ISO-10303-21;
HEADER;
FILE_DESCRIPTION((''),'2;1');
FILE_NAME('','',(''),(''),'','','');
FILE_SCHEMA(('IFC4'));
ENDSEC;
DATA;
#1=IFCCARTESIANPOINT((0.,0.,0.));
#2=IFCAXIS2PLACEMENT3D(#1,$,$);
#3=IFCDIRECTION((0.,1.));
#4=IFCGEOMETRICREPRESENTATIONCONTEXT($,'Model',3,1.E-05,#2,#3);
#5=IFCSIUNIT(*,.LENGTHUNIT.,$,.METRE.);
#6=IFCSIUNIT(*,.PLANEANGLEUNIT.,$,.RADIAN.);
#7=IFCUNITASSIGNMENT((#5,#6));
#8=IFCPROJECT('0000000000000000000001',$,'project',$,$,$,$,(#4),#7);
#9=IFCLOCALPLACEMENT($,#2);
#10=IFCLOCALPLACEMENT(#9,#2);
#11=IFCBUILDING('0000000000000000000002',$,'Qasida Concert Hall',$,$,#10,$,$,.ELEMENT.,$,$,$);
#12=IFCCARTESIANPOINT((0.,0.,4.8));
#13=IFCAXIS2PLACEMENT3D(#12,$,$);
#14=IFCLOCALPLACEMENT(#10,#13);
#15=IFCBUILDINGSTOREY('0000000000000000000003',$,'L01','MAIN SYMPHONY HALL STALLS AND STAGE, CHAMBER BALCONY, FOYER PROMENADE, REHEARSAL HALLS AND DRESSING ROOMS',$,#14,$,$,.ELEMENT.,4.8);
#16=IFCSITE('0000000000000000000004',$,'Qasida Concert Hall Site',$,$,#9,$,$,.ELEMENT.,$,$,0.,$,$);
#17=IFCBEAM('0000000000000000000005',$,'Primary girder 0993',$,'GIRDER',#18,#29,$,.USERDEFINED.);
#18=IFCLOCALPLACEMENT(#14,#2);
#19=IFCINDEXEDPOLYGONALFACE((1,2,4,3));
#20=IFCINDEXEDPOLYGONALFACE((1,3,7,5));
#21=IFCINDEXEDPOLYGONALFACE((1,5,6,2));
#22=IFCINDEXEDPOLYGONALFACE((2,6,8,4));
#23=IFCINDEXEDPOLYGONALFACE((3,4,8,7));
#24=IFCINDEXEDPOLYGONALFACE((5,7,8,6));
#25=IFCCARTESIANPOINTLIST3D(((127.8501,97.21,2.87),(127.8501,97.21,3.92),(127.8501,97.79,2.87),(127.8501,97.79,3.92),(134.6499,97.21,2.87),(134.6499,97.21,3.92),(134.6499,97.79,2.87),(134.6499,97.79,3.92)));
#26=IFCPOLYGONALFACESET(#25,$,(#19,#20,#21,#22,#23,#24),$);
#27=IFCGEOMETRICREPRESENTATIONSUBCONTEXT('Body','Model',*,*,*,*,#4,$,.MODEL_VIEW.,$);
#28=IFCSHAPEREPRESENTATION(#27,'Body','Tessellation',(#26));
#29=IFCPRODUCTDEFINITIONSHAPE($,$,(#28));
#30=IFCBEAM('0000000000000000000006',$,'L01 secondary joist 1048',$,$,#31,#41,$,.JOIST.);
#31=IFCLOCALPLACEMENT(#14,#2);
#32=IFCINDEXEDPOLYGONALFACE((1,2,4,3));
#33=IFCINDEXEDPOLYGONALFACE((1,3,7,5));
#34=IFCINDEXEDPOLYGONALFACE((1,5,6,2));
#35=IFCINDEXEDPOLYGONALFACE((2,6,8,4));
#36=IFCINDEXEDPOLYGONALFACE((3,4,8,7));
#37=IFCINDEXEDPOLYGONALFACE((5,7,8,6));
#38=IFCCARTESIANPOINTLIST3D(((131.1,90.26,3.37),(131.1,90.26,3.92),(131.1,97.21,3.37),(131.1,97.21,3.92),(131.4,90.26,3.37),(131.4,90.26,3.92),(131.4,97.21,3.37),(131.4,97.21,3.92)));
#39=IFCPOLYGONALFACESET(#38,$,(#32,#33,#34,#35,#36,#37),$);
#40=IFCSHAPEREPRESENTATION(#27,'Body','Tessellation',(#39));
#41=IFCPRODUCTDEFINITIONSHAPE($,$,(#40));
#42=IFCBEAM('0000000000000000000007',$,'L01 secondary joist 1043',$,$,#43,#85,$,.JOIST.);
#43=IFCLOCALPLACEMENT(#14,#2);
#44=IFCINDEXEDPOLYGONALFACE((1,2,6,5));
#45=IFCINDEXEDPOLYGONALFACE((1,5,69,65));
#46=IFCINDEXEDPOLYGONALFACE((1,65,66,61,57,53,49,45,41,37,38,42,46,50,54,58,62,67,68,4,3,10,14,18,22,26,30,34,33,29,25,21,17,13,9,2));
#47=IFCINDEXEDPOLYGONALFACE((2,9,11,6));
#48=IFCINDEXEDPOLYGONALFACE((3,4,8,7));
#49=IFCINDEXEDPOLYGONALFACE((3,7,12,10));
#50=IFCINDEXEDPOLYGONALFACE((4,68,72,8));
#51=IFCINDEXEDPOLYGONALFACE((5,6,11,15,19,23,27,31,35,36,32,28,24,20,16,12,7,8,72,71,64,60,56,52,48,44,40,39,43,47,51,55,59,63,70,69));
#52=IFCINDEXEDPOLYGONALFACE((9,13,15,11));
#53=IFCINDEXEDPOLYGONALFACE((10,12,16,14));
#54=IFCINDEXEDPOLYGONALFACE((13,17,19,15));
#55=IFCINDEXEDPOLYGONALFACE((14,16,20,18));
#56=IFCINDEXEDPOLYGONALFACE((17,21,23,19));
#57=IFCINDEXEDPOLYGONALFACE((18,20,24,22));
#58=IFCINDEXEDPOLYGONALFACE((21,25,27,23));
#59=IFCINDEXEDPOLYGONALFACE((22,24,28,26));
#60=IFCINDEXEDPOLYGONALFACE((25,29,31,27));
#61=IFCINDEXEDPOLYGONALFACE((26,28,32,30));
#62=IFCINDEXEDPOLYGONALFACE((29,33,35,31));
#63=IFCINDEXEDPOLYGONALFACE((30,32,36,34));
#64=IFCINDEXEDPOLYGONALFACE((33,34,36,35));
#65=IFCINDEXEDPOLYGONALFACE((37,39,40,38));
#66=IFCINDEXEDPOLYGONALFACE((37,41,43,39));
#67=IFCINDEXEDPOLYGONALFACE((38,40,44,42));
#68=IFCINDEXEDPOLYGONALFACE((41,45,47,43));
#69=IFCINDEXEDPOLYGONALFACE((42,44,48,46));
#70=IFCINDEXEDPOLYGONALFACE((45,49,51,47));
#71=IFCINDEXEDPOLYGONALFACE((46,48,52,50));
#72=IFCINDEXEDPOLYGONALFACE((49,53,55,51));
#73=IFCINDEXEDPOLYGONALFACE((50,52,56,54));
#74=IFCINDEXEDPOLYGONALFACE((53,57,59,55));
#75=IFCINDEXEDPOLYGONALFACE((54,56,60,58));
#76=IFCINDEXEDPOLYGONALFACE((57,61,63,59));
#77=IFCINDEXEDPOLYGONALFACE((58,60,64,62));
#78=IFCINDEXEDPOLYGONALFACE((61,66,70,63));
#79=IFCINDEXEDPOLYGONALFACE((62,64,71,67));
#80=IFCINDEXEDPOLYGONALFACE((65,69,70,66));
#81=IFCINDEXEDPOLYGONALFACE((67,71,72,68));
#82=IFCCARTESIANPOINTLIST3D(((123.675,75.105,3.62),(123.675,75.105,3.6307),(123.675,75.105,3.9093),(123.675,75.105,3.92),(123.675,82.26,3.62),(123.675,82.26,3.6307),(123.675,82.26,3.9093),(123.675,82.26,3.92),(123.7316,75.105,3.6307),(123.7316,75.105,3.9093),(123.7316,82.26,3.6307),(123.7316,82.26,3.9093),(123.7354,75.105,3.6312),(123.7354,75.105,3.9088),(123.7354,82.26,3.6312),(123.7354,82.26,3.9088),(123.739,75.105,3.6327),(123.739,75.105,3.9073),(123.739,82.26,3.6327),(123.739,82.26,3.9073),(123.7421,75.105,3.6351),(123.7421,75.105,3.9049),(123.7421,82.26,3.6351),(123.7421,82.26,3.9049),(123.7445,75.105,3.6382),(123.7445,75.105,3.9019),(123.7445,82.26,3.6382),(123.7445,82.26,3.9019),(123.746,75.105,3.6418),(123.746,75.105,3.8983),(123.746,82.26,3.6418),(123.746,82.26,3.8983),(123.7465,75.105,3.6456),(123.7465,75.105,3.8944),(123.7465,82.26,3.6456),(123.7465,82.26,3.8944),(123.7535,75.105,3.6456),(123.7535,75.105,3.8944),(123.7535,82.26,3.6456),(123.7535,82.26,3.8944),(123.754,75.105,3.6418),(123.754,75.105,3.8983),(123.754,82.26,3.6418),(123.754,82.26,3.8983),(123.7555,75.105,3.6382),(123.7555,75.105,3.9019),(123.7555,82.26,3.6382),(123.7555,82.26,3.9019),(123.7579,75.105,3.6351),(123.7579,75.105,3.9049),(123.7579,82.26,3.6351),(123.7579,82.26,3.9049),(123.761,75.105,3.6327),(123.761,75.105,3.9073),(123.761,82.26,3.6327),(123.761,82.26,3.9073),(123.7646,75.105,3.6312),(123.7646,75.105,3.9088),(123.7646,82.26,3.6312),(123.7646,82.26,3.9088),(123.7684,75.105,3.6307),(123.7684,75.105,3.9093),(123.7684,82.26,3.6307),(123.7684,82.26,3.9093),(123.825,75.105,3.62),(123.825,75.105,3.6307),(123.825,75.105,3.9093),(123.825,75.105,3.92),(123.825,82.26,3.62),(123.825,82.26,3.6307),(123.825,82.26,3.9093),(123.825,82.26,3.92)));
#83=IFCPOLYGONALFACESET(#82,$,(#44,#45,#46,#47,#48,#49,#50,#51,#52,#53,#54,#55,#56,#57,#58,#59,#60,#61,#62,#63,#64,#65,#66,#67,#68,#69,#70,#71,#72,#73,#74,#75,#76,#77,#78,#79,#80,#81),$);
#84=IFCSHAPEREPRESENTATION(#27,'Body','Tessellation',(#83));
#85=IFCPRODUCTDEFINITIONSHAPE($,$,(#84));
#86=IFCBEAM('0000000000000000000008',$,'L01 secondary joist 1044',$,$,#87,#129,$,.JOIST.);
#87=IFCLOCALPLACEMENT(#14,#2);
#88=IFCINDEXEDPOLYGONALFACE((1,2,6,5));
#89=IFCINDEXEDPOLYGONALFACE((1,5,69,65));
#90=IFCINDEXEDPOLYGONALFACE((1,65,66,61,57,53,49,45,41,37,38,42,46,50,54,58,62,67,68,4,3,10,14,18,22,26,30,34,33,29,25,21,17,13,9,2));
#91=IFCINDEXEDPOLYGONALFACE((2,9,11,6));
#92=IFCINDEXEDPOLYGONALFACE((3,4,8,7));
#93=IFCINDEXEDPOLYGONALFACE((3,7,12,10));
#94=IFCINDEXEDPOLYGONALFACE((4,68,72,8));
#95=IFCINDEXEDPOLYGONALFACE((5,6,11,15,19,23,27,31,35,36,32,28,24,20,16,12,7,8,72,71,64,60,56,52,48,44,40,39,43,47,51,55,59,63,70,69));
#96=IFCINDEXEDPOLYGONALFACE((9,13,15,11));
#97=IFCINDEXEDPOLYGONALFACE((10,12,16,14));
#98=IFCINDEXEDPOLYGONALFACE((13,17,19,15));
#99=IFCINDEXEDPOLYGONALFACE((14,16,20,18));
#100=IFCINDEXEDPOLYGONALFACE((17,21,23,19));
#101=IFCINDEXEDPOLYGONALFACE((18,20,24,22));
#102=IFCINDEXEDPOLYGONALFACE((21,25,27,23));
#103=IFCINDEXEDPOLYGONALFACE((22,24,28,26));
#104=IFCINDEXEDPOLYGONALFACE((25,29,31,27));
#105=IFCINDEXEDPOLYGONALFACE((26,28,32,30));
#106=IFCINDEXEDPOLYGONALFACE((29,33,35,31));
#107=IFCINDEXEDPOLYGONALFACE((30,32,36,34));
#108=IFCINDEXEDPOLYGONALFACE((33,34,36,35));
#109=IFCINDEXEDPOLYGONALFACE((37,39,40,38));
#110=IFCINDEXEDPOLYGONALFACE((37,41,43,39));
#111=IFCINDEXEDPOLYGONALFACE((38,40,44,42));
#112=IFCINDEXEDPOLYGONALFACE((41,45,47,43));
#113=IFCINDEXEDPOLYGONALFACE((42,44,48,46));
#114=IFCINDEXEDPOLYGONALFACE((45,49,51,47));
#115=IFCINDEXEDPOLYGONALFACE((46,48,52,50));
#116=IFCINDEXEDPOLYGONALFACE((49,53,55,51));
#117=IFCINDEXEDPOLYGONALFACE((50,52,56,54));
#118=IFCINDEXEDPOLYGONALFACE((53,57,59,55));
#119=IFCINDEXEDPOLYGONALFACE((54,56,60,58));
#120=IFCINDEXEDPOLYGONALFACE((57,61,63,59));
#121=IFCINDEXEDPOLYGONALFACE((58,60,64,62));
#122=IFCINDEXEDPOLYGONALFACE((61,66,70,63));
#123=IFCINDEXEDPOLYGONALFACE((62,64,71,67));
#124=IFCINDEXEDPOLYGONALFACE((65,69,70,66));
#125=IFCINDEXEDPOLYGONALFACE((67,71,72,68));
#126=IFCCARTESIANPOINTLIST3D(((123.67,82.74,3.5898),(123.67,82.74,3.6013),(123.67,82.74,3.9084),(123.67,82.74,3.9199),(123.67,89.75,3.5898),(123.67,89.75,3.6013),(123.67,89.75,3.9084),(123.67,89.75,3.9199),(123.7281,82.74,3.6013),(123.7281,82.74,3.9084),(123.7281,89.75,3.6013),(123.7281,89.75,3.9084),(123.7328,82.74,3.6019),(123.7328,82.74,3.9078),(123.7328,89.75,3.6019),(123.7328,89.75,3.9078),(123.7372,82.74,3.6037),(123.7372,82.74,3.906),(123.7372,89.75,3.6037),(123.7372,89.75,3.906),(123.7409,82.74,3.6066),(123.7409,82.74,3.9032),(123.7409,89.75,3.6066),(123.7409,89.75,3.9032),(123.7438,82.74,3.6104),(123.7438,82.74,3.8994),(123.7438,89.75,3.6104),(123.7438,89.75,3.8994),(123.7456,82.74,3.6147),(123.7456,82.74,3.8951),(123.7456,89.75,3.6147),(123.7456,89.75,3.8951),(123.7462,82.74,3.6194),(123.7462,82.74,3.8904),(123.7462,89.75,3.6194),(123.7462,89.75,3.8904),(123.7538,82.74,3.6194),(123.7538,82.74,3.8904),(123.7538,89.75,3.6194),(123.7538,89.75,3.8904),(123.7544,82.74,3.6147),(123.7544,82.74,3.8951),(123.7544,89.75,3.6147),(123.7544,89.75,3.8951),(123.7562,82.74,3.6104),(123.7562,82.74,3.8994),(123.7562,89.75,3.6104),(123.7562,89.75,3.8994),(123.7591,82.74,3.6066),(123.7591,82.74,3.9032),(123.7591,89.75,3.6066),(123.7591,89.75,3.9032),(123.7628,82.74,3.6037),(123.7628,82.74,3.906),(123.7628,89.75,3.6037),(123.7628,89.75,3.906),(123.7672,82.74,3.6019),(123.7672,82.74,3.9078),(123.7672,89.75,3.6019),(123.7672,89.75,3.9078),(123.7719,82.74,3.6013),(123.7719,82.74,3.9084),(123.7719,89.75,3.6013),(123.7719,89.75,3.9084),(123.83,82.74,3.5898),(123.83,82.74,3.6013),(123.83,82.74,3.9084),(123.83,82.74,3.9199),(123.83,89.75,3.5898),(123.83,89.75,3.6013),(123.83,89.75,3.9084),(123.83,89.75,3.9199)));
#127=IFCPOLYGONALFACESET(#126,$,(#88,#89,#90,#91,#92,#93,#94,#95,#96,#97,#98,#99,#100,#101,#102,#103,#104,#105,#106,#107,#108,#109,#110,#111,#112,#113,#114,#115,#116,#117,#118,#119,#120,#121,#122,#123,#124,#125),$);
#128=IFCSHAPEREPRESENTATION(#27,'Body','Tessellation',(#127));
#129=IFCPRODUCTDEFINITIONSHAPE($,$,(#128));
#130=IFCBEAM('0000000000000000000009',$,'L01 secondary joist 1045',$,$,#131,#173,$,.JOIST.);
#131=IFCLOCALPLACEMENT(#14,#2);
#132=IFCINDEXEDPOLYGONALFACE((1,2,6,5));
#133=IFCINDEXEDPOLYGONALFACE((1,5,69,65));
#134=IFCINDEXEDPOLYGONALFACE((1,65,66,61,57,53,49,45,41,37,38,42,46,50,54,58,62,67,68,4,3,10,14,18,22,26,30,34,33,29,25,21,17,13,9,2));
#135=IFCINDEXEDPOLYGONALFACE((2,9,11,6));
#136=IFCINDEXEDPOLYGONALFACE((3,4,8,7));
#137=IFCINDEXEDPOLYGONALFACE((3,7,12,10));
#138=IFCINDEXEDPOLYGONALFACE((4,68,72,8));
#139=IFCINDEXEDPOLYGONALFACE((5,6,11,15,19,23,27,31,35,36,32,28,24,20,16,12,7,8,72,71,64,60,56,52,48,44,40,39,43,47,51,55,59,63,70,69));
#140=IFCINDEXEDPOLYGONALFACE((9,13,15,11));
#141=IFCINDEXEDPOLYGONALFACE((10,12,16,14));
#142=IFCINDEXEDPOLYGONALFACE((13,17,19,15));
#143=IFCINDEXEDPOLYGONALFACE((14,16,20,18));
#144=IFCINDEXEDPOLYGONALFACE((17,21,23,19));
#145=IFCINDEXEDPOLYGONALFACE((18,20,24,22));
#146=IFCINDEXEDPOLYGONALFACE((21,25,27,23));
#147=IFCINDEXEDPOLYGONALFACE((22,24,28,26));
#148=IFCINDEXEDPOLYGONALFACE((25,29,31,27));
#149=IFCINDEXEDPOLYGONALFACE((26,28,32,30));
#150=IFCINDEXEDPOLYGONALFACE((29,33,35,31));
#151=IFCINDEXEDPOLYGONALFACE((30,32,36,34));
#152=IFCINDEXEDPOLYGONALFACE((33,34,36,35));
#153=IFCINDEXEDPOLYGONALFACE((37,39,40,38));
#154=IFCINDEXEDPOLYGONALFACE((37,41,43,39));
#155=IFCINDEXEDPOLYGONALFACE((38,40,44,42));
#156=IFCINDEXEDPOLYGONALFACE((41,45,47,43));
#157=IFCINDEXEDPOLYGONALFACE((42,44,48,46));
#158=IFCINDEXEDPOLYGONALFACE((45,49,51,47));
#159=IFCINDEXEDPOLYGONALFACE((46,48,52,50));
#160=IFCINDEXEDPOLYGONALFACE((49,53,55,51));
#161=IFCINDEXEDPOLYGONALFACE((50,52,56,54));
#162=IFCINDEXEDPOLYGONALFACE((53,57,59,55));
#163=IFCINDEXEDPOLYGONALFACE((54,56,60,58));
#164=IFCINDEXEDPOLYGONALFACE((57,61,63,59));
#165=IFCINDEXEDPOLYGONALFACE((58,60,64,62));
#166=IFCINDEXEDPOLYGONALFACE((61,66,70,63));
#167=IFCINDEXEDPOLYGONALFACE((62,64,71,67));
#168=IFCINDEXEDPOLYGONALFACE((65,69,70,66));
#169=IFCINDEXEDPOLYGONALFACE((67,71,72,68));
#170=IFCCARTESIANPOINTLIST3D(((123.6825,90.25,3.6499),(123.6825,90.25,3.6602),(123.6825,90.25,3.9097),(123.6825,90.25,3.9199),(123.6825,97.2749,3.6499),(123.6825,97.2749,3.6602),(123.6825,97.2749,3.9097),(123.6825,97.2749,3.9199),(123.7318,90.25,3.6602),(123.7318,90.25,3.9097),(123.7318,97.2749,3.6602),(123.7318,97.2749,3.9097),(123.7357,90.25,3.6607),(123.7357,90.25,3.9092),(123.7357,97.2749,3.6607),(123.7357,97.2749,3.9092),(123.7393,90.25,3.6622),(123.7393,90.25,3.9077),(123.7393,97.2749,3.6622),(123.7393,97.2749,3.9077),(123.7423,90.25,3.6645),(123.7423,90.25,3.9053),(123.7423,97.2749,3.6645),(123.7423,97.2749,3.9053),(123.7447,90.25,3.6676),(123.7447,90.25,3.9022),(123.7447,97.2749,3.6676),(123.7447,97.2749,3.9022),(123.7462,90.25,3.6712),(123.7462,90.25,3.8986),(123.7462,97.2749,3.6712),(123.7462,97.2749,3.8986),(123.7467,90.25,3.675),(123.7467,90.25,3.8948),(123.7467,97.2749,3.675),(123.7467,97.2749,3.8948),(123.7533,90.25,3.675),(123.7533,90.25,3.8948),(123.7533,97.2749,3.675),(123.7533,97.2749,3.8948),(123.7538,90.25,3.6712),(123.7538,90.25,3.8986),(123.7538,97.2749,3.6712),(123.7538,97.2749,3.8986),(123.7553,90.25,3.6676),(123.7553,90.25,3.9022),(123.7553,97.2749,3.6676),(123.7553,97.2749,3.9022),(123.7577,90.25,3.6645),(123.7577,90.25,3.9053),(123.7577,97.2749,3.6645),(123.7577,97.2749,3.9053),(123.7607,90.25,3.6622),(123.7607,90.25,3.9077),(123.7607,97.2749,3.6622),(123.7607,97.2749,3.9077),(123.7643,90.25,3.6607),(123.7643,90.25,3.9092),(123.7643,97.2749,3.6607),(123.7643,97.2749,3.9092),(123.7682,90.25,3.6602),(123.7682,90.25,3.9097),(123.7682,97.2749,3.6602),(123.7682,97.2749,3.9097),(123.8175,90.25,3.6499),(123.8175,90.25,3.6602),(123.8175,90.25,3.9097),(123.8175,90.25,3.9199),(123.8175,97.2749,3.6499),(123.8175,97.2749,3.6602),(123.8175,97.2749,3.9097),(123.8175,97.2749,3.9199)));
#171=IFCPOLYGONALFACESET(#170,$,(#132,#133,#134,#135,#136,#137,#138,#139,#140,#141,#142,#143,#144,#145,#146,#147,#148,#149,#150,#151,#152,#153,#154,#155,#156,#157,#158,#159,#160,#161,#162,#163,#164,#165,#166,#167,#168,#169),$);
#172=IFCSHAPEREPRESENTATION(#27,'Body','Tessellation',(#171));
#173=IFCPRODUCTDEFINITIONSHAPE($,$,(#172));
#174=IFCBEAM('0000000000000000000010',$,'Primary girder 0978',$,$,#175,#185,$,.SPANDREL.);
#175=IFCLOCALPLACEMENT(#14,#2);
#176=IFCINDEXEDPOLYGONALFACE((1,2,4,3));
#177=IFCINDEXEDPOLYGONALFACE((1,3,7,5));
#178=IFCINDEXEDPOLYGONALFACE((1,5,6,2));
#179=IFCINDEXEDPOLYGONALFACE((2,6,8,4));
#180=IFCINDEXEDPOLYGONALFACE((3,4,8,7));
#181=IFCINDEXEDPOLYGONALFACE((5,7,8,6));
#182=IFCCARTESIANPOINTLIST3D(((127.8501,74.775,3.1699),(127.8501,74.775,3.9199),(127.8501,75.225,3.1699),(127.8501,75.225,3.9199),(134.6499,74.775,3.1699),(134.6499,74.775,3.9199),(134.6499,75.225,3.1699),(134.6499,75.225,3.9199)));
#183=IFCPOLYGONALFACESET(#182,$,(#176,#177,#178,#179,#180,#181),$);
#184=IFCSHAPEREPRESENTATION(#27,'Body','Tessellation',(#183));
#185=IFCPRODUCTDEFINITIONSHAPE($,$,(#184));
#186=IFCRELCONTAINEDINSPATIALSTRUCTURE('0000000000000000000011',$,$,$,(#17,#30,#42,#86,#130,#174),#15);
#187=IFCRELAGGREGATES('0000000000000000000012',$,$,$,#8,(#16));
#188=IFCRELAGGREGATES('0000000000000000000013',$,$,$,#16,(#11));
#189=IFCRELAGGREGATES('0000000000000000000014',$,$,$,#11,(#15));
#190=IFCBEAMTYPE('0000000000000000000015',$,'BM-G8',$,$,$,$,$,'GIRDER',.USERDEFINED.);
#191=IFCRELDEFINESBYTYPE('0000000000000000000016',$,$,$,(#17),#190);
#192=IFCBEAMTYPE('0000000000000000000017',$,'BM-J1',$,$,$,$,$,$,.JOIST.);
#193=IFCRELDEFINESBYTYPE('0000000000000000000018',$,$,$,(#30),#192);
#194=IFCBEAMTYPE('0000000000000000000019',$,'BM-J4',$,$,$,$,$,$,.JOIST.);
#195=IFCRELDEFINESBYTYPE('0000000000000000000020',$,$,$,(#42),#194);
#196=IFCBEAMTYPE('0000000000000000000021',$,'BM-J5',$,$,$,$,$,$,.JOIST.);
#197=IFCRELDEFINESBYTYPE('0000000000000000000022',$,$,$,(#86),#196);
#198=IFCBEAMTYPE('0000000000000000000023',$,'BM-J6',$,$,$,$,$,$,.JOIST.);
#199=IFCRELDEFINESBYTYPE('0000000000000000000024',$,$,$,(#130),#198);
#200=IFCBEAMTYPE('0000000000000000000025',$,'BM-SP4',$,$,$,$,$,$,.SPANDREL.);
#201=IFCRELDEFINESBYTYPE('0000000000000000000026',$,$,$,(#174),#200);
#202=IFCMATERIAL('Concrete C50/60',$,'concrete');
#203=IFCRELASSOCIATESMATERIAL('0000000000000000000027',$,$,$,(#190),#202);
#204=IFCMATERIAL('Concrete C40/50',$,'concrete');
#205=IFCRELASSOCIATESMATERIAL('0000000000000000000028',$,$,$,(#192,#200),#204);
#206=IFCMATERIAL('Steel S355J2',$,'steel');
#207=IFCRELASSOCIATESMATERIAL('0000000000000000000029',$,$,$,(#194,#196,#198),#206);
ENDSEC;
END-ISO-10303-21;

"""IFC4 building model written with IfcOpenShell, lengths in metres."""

from ifc_helpers import new_model, si_unit, direction, frame, origin, origin_2d, place, context, subcontext, project, spatial, rectangle, i_section, extrude, material, material_profile, profile_set, type_object, element, save


model = new_model("IFC4")

# Units and contexts
model_context = context("Model", 3, precision=1e-05, world=origin(), true_north=direction((0.0, 1.0)))
body_context = subcontext(model_context, "Body", "Model", "MODEL_VIEW")
ifc_project = project(units=[si_unit("LENGTHUNIT", "METRE"), si_unit("PLANEANGLEUNIT", "RADIAN")], contexts=[model_context])

# Site, building, storey
site_placement = place(None, origin())
site = spatial("IfcSite", under=ifc_project, at=site_placement, Name="Qasida Concert Hall Site", CompositionType="ELEMENT", RefElevation=0.0)
building_placement = place(site_placement, origin())
building = spatial("IfcBuilding", under=site, at=building_placement, Name="Qasida Concert Hall", CompositionType="ELEMENT")
storey_placement = place(building_placement, frame((0.0, 0.0, 4.8)))
storey = spatial("IfcBuildingStorey", under=building, at=storey_placement, Name="L01", Description="MAIN SYMPHONY HALL STALLS AND STAGE, CHAMBER BALCONY, FOYER PROMENADE, REHEARSAL HALLS AND DRESSING ROOMS", CompositionType="ELEMENT", Elevation=4.8)

# Shared definitions
ifc_material_1 = material(Name="Concrete C50/60", Category="concrete")

# Beams
ifc_material_2 = material(Name="Concrete C40/50", Category="concrete")
ifc_material_3 = material(Name="Steel S355J2", Category="steel")
ifc_material_profile_1 = material_profile(ifc_material_1, rectangle(XDim=0.5801, YDim=1.05, at=origin_2d()), Name="RC 580x1050")
ifc_profile_set_1 = profile_set([ifc_material_profile_1], Name="Concrete C50/60")
beam_type_1 = type_object("IfcBeamType", Name="BM-G8", ElementType="GIRDER", PredefinedType="USERDEFINED", material=ifc_profile_set_1)
beam_1_placement = place(storey_placement, frame((127.8501, 97.5, 3.395), z_axis=(1.0, 0.0, 0.0), x_axis=(0.0, 1.0, 0.0)))
element("IfcBeam", 1, at=beam_1_placement, inside=storey, type_object=beam_type_1, Name="Primary girder 0993", ObjectType="GIRDER", PredefinedType="USERDEFINED", context=body_context, shape_type="SweptSolid", body=[
    extrude(rectangle(XDim=0.5801, YDim=1.05, at=origin_2d()), origin(), (0.0, 0.0, 1.0), 6.7998),
])
ifc_material_profile_2 = material_profile(ifc_material_2, rectangle(XDim=0.3, YDim=0.55, at=origin_2d()), Name="RC 300x550")
ifc_profile_set_2 = profile_set([ifc_material_profile_2], Name="Concrete C40/50")
beam_type_2 = type_object("IfcBeamType", Name="BM-J1", PredefinedType="JOIST", material=ifc_profile_set_2)
beam_2_placement = place(storey_placement, frame((131.25, 90.26, 3.645), z_axis=(0.0, 1.0, 0.0), x_axis=(-1.0, 0.0, 0.0)))
element("IfcBeam", 2, at=beam_2_placement, inside=storey, type_object=beam_type_2, Name="L01 secondary joist 1048", PredefinedType="JOIST", context=body_context, shape_type="SweptSolid", body=[
    extrude(rectangle(XDim=0.3, YDim=0.55, at=origin_2d()), origin(), (0.0, 0.0, 1.0), 6.95),
])
ifc_material_profile_3 = material_profile(ifc_material_3, i_section(OverallWidth=0.1499, OverallDepth=0.3, WebThickness=0.0071, FlangeThickness=0.0107, FilletRadius=0.0149, at=origin_2d()), Name="IPE 300")
ifc_profile_set_3 = profile_set([ifc_material_profile_3], Name="Steel S355J2")
beam_type_3 = type_object("IfcBeamType", Name="BM-J4", PredefinedType="JOIST", material=ifc_profile_set_3)
beam_3_placement = place(storey_placement, frame((123.75, 75.105, 3.77), z_axis=(0.0, 1.0, 0.0), x_axis=(-1.0, 0.0, 0.0)))
element("IfcBeam", 3, at=beam_3_placement, inside=storey, type_object=beam_type_3, Name="L01 secondary joist 1043", PredefinedType="JOIST", context=body_context, shape_type="SweptSolid", body=[
    extrude(i_section(OverallWidth=0.1499, OverallDepth=0.3, WebThickness=0.0071, FlangeThickness=0.0107, FilletRadius=0.0149, at=origin_2d()), origin(), (0.0, 0.0, 1.0), 7.155),
])
ifc_material_profile_4 = material_profile(ifc_material_3, i_section(OverallWidth=0.1599, OverallDepth=0.3301, WebThickness=0.0076, FlangeThickness=0.0115, FilletRadius=0.0181, at=origin_2d()), Name="IPE 330")
ifc_profile_set_4 = profile_set([ifc_material_profile_4], Name="Steel S355J2")
beam_type_4 = type_object("IfcBeamType", Name="BM-J5", PredefinedType="JOIST", material=ifc_profile_set_4)
beam_4_placement = place(storey_placement, frame((123.75, 82.74, 3.7549), z_axis=(0.0, 1.0, 0.0), x_axis=(-1.0, 0.0, 0.0)))
element("IfcBeam", 4, at=beam_4_placement, inside=storey, type_object=beam_type_4, Name="L01 secondary joist 1044", PredefinedType="JOIST", context=body_context, shape_type="SweptSolid", body=[
    extrude(i_section(OverallWidth=0.1599, OverallDepth=0.3301, WebThickness=0.0076, FlangeThickness=0.0115, FilletRadius=0.0181, at=origin_2d()), origin(), (0.0, 0.0, 1.0), 7.01),
])
ifc_material_profile_5 = material_profile(ifc_material_3, i_section(OverallWidth=0.135, OverallDepth=0.27, WebThickness=0.0066, FlangeThickness=0.0103, FilletRadius=0.0149, at=origin_2d()), Name="IPE 270")
ifc_profile_set_5 = profile_set([ifc_material_profile_5], Name="Steel S355J2")
beam_type_5 = type_object("IfcBeamType", Name="BM-J6", PredefinedType="JOIST", material=ifc_profile_set_5)
beam_5_placement = place(storey_placement, frame((123.75, 90.25, 3.7849), z_axis=(0.0, 1.0, 0.0), x_axis=(-1.0, 0.0, 0.0)))
element("IfcBeam", 5, at=beam_5_placement, inside=storey, type_object=beam_type_5, Name="L01 secondary joist 1045", PredefinedType="JOIST", context=body_context, shape_type="SweptSolid", body=[
    extrude(i_section(OverallWidth=0.135, OverallDepth=0.27, WebThickness=0.0066, FlangeThickness=0.0103, FilletRadius=0.0149, at=origin_2d()), origin(), (0.0, 0.0, 1.0), 7.0249),
])
ifc_material_profile_6 = material_profile(ifc_material_2, rectangle(XDim=0.45, YDim=0.75, at=origin_2d()), Name="RC 450x750")
ifc_profile_set_6 = profile_set([ifc_material_profile_6], Name="Concrete C40/50")
beam_type_6 = type_object("IfcBeamType", Name="BM-SP4", PredefinedType="SPANDREL", material=ifc_profile_set_6)
beam_6_placement = place(storey_placement, frame((127.8501, 75.0, 3.5449), z_axis=(1.0, 0.0, 0.0), x_axis=(0.0, 1.0, 0.0)))
element("IfcBeam", 6, at=beam_6_placement, inside=storey, type_object=beam_type_6, Name="Primary girder 0978", PredefinedType="SPANDREL", context=body_context, shape_type="SweptSolid", body=[
    extrude(rectangle(XDim=0.45, YDim=0.75, at=origin_2d()), origin(), (0.0, 0.0, 1.0), 6.7998),
])

save(model, "model.ifc")
